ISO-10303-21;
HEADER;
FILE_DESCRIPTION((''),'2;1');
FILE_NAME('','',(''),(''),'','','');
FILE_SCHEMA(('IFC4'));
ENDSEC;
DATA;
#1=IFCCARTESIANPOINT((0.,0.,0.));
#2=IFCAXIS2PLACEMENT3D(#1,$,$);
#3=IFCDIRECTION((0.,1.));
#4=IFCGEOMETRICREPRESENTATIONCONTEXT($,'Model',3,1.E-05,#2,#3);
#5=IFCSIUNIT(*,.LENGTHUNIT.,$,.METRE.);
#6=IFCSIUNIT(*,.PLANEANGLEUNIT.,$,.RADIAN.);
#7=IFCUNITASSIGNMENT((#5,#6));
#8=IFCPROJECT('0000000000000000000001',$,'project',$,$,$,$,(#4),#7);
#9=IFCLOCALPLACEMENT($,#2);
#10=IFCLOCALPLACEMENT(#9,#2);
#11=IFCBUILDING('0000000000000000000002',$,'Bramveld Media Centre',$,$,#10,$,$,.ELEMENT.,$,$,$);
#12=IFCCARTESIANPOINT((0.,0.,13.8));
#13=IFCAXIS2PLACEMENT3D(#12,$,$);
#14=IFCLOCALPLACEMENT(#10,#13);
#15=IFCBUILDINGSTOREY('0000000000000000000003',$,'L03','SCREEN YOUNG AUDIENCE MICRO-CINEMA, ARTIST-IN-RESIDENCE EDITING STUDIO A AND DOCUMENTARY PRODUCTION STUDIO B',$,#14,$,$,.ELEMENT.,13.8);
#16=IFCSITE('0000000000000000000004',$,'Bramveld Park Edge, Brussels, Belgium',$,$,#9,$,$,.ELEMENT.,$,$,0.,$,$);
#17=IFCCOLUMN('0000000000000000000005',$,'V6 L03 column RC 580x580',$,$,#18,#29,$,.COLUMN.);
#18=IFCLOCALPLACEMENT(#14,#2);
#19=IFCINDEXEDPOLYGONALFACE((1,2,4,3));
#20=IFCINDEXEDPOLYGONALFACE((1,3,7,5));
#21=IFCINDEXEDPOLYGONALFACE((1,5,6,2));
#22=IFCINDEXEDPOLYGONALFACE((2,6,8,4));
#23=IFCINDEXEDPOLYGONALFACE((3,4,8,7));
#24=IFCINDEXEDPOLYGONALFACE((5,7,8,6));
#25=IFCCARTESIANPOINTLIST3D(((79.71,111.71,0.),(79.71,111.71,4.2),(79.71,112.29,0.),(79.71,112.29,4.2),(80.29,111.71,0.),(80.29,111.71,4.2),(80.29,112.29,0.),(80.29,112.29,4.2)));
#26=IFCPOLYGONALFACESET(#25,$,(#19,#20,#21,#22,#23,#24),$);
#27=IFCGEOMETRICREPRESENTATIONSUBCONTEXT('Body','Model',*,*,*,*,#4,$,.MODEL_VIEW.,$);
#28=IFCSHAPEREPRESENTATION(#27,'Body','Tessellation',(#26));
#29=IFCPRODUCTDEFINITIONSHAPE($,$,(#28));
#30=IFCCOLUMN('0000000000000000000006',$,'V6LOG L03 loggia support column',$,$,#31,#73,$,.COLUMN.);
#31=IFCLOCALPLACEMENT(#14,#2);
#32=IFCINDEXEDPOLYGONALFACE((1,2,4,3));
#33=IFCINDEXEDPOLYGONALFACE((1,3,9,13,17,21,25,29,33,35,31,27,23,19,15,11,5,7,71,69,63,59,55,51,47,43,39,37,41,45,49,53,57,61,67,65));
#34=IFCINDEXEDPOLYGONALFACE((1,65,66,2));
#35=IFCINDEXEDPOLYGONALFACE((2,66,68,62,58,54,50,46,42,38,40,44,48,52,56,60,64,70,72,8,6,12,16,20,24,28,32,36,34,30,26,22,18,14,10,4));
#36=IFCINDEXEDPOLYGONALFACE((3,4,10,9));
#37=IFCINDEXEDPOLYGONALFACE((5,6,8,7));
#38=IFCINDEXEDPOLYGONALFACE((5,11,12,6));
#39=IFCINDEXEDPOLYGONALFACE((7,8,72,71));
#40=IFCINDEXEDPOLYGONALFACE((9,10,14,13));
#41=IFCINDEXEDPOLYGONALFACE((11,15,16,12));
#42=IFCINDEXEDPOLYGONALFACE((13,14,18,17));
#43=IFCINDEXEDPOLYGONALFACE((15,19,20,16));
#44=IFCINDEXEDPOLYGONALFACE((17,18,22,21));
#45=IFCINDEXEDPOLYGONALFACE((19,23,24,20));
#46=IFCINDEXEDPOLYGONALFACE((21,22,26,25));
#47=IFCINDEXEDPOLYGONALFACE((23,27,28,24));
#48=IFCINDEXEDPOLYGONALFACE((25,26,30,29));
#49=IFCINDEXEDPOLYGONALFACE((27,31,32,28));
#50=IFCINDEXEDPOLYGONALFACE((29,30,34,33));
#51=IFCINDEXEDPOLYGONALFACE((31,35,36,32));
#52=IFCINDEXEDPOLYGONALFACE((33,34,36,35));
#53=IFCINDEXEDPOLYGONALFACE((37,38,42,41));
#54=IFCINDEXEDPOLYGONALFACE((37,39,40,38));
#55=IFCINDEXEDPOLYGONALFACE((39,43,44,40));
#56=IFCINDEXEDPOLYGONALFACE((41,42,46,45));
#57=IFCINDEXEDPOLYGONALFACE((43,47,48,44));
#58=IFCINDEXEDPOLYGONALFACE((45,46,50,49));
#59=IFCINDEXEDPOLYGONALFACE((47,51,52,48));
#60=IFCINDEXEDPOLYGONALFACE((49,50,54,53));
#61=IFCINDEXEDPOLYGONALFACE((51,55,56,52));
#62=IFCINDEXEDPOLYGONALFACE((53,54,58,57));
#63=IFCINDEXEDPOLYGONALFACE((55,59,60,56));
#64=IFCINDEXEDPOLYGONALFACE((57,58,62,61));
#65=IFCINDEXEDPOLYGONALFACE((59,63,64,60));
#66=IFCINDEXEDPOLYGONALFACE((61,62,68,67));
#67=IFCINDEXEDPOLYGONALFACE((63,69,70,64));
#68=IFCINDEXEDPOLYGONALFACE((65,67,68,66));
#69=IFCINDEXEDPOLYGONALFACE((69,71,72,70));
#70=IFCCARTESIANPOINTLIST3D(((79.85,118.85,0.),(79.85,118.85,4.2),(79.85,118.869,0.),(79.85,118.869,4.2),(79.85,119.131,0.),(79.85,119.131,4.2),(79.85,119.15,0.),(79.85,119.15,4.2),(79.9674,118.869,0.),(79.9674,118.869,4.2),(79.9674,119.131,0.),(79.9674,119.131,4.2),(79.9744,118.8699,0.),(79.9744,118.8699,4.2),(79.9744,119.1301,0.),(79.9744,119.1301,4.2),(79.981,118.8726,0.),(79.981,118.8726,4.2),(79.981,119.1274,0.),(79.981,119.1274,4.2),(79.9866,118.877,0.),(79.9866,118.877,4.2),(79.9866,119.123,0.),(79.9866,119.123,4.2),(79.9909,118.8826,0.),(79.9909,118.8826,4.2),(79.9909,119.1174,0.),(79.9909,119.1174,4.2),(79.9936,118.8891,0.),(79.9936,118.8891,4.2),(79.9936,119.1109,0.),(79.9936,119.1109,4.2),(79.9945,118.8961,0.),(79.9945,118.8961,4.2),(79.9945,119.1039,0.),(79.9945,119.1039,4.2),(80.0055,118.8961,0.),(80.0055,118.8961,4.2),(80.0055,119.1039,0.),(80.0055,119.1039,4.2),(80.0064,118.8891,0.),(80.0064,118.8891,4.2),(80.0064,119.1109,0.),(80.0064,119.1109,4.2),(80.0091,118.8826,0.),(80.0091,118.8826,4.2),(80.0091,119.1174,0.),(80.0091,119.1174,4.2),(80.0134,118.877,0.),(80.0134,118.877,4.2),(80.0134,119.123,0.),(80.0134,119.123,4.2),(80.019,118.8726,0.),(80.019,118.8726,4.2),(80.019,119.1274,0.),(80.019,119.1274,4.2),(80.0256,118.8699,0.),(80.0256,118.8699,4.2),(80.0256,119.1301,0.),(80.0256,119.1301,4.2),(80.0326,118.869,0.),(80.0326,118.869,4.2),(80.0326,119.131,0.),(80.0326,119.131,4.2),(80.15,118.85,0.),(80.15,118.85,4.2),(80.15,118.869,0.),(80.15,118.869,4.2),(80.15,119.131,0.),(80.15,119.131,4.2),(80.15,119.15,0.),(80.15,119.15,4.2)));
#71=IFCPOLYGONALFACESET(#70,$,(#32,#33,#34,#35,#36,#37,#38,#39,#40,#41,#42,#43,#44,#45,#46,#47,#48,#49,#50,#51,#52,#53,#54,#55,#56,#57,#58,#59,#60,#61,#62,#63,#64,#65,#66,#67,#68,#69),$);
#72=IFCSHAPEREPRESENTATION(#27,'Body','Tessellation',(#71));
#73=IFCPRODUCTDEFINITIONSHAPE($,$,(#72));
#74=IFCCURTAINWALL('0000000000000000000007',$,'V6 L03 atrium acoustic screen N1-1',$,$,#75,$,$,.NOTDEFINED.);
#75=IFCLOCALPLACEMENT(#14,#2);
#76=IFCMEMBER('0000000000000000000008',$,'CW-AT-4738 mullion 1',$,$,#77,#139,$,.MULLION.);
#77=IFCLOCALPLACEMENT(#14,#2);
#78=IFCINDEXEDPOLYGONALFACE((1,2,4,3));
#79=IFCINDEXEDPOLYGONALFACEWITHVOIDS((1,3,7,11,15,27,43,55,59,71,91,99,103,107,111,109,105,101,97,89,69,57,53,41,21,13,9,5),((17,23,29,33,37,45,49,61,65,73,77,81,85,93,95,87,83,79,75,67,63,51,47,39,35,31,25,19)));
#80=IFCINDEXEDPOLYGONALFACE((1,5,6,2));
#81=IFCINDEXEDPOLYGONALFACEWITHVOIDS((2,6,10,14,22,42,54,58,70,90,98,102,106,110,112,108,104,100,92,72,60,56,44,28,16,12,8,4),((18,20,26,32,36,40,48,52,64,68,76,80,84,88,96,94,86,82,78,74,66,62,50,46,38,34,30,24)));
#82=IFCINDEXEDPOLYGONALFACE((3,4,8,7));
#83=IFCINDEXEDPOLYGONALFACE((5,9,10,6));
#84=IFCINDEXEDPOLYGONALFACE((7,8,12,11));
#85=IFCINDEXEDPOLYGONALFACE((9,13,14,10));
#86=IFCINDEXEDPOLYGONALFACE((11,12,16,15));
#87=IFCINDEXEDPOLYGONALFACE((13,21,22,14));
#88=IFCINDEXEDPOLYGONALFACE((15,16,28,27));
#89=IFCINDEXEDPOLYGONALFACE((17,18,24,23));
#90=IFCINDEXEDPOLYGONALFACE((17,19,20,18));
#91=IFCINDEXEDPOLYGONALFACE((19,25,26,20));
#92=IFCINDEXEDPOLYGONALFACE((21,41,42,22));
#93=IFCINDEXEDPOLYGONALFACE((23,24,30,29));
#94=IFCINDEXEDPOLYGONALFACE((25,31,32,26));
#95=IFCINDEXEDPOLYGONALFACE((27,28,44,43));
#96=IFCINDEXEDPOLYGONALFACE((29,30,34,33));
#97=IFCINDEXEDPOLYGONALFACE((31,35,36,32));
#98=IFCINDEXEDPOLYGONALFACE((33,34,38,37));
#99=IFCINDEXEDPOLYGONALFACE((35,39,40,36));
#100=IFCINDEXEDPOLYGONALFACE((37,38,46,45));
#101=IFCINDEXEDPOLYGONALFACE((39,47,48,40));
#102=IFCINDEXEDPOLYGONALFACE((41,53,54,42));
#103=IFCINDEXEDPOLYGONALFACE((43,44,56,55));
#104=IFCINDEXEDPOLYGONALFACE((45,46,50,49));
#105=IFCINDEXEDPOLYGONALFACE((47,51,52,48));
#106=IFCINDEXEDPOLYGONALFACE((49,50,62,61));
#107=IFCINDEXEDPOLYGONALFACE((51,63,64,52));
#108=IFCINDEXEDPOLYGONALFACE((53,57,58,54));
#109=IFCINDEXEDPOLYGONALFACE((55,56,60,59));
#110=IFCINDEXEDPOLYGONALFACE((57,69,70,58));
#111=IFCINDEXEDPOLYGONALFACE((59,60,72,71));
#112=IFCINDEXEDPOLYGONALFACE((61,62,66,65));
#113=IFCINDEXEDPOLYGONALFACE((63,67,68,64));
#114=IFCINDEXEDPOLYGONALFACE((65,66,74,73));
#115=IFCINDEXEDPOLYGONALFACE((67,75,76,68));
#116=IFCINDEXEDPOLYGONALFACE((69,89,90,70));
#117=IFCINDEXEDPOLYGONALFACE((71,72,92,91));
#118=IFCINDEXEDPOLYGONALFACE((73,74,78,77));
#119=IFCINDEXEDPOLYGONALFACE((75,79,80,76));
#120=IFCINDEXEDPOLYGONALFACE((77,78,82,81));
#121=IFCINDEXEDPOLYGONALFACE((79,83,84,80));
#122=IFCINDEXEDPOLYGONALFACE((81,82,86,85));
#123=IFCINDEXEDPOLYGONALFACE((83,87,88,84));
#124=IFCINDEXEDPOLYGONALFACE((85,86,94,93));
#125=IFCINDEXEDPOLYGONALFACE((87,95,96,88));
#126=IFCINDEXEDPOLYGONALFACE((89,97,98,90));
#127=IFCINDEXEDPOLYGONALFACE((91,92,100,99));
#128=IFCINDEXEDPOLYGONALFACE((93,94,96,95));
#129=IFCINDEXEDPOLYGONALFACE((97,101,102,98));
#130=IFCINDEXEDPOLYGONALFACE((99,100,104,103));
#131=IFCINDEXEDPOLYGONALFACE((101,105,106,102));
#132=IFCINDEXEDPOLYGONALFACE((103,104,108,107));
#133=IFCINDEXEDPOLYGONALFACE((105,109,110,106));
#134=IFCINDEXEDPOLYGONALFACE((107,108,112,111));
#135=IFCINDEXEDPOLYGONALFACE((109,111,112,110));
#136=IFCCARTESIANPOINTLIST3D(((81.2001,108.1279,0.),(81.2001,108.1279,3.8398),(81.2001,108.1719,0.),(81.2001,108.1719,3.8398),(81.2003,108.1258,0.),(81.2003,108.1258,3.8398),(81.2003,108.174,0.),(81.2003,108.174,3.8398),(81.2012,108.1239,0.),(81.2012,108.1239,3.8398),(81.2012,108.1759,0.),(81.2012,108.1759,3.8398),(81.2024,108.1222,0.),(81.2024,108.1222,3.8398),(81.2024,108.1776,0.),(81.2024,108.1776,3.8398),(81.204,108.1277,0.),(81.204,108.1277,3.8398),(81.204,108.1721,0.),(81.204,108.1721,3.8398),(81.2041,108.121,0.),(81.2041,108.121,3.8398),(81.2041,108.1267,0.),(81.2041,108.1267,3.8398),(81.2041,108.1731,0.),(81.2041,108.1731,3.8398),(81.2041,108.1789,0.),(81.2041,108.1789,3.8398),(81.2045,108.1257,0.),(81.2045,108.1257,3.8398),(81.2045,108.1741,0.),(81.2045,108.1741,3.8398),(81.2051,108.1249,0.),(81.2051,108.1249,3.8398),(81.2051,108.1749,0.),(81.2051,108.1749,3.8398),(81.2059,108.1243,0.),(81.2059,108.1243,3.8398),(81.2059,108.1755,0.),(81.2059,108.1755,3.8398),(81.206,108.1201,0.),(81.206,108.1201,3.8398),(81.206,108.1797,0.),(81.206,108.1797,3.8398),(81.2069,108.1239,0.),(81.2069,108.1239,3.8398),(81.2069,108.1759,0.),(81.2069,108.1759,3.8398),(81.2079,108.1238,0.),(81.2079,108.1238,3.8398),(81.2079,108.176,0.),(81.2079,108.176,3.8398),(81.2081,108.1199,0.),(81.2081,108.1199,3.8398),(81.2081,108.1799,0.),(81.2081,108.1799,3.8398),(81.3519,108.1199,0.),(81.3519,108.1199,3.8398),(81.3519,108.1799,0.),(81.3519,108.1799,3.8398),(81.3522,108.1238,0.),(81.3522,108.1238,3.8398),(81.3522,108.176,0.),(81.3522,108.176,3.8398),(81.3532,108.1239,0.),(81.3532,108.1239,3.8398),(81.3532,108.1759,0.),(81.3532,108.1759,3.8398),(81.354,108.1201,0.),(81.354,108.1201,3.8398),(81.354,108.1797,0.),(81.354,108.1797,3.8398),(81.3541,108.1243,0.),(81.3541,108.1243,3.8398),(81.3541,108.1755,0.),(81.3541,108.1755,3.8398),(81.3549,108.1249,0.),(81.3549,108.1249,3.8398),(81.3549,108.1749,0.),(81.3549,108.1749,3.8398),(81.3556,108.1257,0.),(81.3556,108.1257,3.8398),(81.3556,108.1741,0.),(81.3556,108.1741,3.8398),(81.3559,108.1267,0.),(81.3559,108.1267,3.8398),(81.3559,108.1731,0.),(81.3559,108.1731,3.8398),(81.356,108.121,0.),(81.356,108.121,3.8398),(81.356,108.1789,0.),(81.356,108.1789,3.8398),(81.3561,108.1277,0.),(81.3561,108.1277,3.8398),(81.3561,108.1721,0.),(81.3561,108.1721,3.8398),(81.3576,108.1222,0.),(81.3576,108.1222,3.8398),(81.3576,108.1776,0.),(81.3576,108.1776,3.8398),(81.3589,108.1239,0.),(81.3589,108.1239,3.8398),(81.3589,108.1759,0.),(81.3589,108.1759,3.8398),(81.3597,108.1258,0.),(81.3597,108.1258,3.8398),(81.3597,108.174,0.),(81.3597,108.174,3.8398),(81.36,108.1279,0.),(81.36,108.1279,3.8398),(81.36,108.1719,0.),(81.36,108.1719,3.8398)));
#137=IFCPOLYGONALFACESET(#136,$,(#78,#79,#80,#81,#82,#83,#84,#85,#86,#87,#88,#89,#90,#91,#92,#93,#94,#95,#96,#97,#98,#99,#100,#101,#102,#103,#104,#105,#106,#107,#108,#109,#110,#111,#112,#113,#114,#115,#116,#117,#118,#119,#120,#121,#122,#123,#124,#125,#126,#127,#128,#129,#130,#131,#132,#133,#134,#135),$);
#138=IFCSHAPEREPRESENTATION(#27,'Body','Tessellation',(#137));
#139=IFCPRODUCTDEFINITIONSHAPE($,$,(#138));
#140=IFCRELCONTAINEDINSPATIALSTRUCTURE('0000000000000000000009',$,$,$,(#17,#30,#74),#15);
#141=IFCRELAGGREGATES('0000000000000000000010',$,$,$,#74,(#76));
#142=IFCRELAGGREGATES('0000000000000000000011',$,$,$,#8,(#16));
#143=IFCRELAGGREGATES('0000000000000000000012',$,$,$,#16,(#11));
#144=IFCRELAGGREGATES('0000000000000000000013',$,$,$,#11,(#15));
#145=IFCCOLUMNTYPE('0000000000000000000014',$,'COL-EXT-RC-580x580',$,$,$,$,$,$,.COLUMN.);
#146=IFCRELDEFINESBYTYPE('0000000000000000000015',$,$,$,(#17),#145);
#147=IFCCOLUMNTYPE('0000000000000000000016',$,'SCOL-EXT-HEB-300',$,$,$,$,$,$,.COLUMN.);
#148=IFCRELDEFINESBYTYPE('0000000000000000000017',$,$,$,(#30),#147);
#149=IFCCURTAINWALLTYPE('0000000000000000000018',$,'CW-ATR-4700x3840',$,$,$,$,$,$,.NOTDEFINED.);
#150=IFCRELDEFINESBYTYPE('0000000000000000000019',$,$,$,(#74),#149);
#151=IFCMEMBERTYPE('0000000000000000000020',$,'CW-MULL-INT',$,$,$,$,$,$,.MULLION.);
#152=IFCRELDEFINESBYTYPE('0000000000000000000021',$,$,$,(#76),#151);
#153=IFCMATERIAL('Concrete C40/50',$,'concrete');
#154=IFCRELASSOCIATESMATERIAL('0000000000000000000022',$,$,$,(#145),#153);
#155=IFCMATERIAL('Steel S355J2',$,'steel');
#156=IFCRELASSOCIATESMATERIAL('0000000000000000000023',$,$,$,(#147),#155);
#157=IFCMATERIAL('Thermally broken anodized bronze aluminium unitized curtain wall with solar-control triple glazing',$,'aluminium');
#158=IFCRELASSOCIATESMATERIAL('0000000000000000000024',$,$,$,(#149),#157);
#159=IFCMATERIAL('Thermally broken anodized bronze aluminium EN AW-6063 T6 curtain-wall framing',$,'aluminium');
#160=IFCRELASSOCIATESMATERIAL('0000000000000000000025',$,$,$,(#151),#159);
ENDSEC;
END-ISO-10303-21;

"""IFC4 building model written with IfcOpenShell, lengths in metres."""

from ifc_helpers import new_model, si_unit, direction, frame, origin, origin_2d, place, context, subcontext, project, spatial, rectangle, hollow_rectangle, i_section, extrude, material, material_profile, profile_set, type_object, element, aggregate, save


model = new_model("IFC4")

# Units and contexts
model_context = context("Model", 3, precision=1e-05, world=origin(), true_north=direction((0.0, 1.0)))
body_context = subcontext(model_context, "Body", "Model", "MODEL_VIEW")
ifc_project = project(units=[si_unit("LENGTHUNIT", "METRE"), si_unit("PLANEANGLEUNIT", "RADIAN")], contexts=[model_context])

# Site, building, storey
site_placement = place(None, origin())
site = spatial("IfcSite", under=ifc_project, at=site_placement, Name="Bramveld Park Edge, Brussels, Belgium", CompositionType="ELEMENT", RefElevation=0.0)
building_placement = place(site_placement, origin())
building = spatial("IfcBuilding", under=site, at=building_placement, Name="Bramveld Media Centre", CompositionType="ELEMENT")
storey_placement = place(building_placement, frame((0.0, 0.0, 13.8)))
storey = spatial("IfcBuildingStorey", under=building, at=storey_placement, Name="L03", Description="SCREEN YOUNG AUDIENCE MICRO-CINEMA, ARTIST-IN-RESIDENCE EDITING STUDIO A AND DOCUMENTARY PRODUCTION STUDIO B", CompositionType="ELEMENT", Elevation=13.8)

# Columns
ifc_material_1 = material(Name="Concrete C40/50", Category="concrete")
ifc_material_profile_1 = material_profile(ifc_material_1, rectangle(XDim=0.5801, YDim=0.5801, at=origin_2d()), Name="RC 580x580")
ifc_profile_set_1 = profile_set([ifc_material_profile_1], Name="Concrete C40/50")
column_type_1 = type_object("IfcColumnType", Name="COL-EXT-RC-580x580", PredefinedType="COLUMN", material=ifc_profile_set_1)
column_1_placement = place(storey_placement, frame((80.0, 112.0, 0.0), z_axis=(0.0, 0.0, 1.0), x_axis=(1.0, 0.0, 0.0)))
element("IfcColumn", 1, at=column_1_placement, inside=storey, type_object=column_type_1, Name="V6 L03 column RC 580x580", PredefinedType="COLUMN", context=body_context, shape_type="SweptSolid", body=[
    extrude(rectangle(XDim=0.5801, YDim=0.5801, at=origin_2d()), origin(), (0.0, 0.0, 1.0), 4.2),
])
ifc_material_2 = material(Name="Steel S355J2", Category="steel")
ifc_material_profile_2 = material_profile(ifc_material_2, i_section(OverallWidth=0.3, OverallDepth=0.3, WebThickness=0.011, FlangeThickness=0.019, FilletRadius=0.0271, at=origin_2d()), Name="HEB 300")
ifc_profile_set_2 = profile_set([ifc_material_profile_2], Name="Steel S355J2")
column_type_2 = type_object("IfcColumnType", Name="SCOL-EXT-HEB-300", PredefinedType="COLUMN", material=ifc_profile_set_2)
column_2_placement = place(storey_placement, frame((80.0, 119.0, 0.0), z_axis=(0.0, 0.0, 1.0), x_axis=(1.0, 0.0, 0.0)))
element("IfcColumn", 2, at=column_2_placement, inside=storey, type_object=column_type_2, Name="V6LOG L03 loggia support column", PredefinedType="COLUMN", context=body_context, shape_type="SweptSolid", body=[
    extrude(i_section(OverallWidth=0.3, OverallDepth=0.3, WebThickness=0.011, FlangeThickness=0.019, FilletRadius=0.0271, at=origin_2d()), origin(), (0.0, 0.0, 1.0), 4.2),
])

# Curtain wall, member
ifc_material_3 = material(Name="Thermally broken anodized bronze aluminium unitized curtain wall with solar-control triple glazing", Category="aluminium")
curtain_wall_type_1 = type_object("IfcCurtainWallType", Name="CW-ATR-4700x3840", PredefinedType="NOTDEFINED", material=ifc_material_3)
curtain_wall_1_placement = place(storey_placement, origin())
curtain_wall_1 = element("IfcCurtainWall", 3, at=curtain_wall_1_placement, inside=storey, type_object=curtain_wall_type_1, Name="V6 L03 atrium acoustic screen N1-1", PredefinedType="NOTDEFINED")
ifc_material_4 = material(Name="Thermally broken anodized bronze aluminium EN AW-6063 T6 curtain-wall framing", Category="aluminium")
ifc_material_profile_3 = material_profile(ifc_material_4, hollow_rectangle(XDim=0.0601, YDim=0.1599, WallThickness=0.0039, InnerFilletRadius=0.0039, OuterFilletRadius=0.0081, at=origin_2d()), Name="AL-MULL 60x160")
ifc_profile_set_3 = profile_set([ifc_material_profile_3], Name="Thermally broken anodized bronze aluminium EN AW-6063 T6 curtain-wall framing")
member_type_1 = type_object("IfcMemberType", Name="CW-MULL-INT", PredefinedType="MULLION", material=ifc_profile_set_3)
member_1_placement = place(storey_placement, frame((81.28, 108.1499, 0.0), z_axis=(0.0, 0.0, 1.0), x_axis=(0.0, 1.0, 0.0)))
member_1 = element("IfcMember", 4, at=member_1_placement, type_object=member_type_1, Name="CW-AT-4738 mullion 1", PredefinedType="MULLION", context=body_context, shape_type="SweptSolid", body=[
    extrude(hollow_rectangle(XDim=0.0601, YDim=0.1599, WallThickness=0.0039, InnerFilletRadius=0.0039, OuterFilletRadius=0.0081, at=origin_2d()), origin(), (0.0, 0.0, 1.0), 3.8398),
])

aggregate(curtain_wall_1, [member_1])

save(model, "model.ifc")
